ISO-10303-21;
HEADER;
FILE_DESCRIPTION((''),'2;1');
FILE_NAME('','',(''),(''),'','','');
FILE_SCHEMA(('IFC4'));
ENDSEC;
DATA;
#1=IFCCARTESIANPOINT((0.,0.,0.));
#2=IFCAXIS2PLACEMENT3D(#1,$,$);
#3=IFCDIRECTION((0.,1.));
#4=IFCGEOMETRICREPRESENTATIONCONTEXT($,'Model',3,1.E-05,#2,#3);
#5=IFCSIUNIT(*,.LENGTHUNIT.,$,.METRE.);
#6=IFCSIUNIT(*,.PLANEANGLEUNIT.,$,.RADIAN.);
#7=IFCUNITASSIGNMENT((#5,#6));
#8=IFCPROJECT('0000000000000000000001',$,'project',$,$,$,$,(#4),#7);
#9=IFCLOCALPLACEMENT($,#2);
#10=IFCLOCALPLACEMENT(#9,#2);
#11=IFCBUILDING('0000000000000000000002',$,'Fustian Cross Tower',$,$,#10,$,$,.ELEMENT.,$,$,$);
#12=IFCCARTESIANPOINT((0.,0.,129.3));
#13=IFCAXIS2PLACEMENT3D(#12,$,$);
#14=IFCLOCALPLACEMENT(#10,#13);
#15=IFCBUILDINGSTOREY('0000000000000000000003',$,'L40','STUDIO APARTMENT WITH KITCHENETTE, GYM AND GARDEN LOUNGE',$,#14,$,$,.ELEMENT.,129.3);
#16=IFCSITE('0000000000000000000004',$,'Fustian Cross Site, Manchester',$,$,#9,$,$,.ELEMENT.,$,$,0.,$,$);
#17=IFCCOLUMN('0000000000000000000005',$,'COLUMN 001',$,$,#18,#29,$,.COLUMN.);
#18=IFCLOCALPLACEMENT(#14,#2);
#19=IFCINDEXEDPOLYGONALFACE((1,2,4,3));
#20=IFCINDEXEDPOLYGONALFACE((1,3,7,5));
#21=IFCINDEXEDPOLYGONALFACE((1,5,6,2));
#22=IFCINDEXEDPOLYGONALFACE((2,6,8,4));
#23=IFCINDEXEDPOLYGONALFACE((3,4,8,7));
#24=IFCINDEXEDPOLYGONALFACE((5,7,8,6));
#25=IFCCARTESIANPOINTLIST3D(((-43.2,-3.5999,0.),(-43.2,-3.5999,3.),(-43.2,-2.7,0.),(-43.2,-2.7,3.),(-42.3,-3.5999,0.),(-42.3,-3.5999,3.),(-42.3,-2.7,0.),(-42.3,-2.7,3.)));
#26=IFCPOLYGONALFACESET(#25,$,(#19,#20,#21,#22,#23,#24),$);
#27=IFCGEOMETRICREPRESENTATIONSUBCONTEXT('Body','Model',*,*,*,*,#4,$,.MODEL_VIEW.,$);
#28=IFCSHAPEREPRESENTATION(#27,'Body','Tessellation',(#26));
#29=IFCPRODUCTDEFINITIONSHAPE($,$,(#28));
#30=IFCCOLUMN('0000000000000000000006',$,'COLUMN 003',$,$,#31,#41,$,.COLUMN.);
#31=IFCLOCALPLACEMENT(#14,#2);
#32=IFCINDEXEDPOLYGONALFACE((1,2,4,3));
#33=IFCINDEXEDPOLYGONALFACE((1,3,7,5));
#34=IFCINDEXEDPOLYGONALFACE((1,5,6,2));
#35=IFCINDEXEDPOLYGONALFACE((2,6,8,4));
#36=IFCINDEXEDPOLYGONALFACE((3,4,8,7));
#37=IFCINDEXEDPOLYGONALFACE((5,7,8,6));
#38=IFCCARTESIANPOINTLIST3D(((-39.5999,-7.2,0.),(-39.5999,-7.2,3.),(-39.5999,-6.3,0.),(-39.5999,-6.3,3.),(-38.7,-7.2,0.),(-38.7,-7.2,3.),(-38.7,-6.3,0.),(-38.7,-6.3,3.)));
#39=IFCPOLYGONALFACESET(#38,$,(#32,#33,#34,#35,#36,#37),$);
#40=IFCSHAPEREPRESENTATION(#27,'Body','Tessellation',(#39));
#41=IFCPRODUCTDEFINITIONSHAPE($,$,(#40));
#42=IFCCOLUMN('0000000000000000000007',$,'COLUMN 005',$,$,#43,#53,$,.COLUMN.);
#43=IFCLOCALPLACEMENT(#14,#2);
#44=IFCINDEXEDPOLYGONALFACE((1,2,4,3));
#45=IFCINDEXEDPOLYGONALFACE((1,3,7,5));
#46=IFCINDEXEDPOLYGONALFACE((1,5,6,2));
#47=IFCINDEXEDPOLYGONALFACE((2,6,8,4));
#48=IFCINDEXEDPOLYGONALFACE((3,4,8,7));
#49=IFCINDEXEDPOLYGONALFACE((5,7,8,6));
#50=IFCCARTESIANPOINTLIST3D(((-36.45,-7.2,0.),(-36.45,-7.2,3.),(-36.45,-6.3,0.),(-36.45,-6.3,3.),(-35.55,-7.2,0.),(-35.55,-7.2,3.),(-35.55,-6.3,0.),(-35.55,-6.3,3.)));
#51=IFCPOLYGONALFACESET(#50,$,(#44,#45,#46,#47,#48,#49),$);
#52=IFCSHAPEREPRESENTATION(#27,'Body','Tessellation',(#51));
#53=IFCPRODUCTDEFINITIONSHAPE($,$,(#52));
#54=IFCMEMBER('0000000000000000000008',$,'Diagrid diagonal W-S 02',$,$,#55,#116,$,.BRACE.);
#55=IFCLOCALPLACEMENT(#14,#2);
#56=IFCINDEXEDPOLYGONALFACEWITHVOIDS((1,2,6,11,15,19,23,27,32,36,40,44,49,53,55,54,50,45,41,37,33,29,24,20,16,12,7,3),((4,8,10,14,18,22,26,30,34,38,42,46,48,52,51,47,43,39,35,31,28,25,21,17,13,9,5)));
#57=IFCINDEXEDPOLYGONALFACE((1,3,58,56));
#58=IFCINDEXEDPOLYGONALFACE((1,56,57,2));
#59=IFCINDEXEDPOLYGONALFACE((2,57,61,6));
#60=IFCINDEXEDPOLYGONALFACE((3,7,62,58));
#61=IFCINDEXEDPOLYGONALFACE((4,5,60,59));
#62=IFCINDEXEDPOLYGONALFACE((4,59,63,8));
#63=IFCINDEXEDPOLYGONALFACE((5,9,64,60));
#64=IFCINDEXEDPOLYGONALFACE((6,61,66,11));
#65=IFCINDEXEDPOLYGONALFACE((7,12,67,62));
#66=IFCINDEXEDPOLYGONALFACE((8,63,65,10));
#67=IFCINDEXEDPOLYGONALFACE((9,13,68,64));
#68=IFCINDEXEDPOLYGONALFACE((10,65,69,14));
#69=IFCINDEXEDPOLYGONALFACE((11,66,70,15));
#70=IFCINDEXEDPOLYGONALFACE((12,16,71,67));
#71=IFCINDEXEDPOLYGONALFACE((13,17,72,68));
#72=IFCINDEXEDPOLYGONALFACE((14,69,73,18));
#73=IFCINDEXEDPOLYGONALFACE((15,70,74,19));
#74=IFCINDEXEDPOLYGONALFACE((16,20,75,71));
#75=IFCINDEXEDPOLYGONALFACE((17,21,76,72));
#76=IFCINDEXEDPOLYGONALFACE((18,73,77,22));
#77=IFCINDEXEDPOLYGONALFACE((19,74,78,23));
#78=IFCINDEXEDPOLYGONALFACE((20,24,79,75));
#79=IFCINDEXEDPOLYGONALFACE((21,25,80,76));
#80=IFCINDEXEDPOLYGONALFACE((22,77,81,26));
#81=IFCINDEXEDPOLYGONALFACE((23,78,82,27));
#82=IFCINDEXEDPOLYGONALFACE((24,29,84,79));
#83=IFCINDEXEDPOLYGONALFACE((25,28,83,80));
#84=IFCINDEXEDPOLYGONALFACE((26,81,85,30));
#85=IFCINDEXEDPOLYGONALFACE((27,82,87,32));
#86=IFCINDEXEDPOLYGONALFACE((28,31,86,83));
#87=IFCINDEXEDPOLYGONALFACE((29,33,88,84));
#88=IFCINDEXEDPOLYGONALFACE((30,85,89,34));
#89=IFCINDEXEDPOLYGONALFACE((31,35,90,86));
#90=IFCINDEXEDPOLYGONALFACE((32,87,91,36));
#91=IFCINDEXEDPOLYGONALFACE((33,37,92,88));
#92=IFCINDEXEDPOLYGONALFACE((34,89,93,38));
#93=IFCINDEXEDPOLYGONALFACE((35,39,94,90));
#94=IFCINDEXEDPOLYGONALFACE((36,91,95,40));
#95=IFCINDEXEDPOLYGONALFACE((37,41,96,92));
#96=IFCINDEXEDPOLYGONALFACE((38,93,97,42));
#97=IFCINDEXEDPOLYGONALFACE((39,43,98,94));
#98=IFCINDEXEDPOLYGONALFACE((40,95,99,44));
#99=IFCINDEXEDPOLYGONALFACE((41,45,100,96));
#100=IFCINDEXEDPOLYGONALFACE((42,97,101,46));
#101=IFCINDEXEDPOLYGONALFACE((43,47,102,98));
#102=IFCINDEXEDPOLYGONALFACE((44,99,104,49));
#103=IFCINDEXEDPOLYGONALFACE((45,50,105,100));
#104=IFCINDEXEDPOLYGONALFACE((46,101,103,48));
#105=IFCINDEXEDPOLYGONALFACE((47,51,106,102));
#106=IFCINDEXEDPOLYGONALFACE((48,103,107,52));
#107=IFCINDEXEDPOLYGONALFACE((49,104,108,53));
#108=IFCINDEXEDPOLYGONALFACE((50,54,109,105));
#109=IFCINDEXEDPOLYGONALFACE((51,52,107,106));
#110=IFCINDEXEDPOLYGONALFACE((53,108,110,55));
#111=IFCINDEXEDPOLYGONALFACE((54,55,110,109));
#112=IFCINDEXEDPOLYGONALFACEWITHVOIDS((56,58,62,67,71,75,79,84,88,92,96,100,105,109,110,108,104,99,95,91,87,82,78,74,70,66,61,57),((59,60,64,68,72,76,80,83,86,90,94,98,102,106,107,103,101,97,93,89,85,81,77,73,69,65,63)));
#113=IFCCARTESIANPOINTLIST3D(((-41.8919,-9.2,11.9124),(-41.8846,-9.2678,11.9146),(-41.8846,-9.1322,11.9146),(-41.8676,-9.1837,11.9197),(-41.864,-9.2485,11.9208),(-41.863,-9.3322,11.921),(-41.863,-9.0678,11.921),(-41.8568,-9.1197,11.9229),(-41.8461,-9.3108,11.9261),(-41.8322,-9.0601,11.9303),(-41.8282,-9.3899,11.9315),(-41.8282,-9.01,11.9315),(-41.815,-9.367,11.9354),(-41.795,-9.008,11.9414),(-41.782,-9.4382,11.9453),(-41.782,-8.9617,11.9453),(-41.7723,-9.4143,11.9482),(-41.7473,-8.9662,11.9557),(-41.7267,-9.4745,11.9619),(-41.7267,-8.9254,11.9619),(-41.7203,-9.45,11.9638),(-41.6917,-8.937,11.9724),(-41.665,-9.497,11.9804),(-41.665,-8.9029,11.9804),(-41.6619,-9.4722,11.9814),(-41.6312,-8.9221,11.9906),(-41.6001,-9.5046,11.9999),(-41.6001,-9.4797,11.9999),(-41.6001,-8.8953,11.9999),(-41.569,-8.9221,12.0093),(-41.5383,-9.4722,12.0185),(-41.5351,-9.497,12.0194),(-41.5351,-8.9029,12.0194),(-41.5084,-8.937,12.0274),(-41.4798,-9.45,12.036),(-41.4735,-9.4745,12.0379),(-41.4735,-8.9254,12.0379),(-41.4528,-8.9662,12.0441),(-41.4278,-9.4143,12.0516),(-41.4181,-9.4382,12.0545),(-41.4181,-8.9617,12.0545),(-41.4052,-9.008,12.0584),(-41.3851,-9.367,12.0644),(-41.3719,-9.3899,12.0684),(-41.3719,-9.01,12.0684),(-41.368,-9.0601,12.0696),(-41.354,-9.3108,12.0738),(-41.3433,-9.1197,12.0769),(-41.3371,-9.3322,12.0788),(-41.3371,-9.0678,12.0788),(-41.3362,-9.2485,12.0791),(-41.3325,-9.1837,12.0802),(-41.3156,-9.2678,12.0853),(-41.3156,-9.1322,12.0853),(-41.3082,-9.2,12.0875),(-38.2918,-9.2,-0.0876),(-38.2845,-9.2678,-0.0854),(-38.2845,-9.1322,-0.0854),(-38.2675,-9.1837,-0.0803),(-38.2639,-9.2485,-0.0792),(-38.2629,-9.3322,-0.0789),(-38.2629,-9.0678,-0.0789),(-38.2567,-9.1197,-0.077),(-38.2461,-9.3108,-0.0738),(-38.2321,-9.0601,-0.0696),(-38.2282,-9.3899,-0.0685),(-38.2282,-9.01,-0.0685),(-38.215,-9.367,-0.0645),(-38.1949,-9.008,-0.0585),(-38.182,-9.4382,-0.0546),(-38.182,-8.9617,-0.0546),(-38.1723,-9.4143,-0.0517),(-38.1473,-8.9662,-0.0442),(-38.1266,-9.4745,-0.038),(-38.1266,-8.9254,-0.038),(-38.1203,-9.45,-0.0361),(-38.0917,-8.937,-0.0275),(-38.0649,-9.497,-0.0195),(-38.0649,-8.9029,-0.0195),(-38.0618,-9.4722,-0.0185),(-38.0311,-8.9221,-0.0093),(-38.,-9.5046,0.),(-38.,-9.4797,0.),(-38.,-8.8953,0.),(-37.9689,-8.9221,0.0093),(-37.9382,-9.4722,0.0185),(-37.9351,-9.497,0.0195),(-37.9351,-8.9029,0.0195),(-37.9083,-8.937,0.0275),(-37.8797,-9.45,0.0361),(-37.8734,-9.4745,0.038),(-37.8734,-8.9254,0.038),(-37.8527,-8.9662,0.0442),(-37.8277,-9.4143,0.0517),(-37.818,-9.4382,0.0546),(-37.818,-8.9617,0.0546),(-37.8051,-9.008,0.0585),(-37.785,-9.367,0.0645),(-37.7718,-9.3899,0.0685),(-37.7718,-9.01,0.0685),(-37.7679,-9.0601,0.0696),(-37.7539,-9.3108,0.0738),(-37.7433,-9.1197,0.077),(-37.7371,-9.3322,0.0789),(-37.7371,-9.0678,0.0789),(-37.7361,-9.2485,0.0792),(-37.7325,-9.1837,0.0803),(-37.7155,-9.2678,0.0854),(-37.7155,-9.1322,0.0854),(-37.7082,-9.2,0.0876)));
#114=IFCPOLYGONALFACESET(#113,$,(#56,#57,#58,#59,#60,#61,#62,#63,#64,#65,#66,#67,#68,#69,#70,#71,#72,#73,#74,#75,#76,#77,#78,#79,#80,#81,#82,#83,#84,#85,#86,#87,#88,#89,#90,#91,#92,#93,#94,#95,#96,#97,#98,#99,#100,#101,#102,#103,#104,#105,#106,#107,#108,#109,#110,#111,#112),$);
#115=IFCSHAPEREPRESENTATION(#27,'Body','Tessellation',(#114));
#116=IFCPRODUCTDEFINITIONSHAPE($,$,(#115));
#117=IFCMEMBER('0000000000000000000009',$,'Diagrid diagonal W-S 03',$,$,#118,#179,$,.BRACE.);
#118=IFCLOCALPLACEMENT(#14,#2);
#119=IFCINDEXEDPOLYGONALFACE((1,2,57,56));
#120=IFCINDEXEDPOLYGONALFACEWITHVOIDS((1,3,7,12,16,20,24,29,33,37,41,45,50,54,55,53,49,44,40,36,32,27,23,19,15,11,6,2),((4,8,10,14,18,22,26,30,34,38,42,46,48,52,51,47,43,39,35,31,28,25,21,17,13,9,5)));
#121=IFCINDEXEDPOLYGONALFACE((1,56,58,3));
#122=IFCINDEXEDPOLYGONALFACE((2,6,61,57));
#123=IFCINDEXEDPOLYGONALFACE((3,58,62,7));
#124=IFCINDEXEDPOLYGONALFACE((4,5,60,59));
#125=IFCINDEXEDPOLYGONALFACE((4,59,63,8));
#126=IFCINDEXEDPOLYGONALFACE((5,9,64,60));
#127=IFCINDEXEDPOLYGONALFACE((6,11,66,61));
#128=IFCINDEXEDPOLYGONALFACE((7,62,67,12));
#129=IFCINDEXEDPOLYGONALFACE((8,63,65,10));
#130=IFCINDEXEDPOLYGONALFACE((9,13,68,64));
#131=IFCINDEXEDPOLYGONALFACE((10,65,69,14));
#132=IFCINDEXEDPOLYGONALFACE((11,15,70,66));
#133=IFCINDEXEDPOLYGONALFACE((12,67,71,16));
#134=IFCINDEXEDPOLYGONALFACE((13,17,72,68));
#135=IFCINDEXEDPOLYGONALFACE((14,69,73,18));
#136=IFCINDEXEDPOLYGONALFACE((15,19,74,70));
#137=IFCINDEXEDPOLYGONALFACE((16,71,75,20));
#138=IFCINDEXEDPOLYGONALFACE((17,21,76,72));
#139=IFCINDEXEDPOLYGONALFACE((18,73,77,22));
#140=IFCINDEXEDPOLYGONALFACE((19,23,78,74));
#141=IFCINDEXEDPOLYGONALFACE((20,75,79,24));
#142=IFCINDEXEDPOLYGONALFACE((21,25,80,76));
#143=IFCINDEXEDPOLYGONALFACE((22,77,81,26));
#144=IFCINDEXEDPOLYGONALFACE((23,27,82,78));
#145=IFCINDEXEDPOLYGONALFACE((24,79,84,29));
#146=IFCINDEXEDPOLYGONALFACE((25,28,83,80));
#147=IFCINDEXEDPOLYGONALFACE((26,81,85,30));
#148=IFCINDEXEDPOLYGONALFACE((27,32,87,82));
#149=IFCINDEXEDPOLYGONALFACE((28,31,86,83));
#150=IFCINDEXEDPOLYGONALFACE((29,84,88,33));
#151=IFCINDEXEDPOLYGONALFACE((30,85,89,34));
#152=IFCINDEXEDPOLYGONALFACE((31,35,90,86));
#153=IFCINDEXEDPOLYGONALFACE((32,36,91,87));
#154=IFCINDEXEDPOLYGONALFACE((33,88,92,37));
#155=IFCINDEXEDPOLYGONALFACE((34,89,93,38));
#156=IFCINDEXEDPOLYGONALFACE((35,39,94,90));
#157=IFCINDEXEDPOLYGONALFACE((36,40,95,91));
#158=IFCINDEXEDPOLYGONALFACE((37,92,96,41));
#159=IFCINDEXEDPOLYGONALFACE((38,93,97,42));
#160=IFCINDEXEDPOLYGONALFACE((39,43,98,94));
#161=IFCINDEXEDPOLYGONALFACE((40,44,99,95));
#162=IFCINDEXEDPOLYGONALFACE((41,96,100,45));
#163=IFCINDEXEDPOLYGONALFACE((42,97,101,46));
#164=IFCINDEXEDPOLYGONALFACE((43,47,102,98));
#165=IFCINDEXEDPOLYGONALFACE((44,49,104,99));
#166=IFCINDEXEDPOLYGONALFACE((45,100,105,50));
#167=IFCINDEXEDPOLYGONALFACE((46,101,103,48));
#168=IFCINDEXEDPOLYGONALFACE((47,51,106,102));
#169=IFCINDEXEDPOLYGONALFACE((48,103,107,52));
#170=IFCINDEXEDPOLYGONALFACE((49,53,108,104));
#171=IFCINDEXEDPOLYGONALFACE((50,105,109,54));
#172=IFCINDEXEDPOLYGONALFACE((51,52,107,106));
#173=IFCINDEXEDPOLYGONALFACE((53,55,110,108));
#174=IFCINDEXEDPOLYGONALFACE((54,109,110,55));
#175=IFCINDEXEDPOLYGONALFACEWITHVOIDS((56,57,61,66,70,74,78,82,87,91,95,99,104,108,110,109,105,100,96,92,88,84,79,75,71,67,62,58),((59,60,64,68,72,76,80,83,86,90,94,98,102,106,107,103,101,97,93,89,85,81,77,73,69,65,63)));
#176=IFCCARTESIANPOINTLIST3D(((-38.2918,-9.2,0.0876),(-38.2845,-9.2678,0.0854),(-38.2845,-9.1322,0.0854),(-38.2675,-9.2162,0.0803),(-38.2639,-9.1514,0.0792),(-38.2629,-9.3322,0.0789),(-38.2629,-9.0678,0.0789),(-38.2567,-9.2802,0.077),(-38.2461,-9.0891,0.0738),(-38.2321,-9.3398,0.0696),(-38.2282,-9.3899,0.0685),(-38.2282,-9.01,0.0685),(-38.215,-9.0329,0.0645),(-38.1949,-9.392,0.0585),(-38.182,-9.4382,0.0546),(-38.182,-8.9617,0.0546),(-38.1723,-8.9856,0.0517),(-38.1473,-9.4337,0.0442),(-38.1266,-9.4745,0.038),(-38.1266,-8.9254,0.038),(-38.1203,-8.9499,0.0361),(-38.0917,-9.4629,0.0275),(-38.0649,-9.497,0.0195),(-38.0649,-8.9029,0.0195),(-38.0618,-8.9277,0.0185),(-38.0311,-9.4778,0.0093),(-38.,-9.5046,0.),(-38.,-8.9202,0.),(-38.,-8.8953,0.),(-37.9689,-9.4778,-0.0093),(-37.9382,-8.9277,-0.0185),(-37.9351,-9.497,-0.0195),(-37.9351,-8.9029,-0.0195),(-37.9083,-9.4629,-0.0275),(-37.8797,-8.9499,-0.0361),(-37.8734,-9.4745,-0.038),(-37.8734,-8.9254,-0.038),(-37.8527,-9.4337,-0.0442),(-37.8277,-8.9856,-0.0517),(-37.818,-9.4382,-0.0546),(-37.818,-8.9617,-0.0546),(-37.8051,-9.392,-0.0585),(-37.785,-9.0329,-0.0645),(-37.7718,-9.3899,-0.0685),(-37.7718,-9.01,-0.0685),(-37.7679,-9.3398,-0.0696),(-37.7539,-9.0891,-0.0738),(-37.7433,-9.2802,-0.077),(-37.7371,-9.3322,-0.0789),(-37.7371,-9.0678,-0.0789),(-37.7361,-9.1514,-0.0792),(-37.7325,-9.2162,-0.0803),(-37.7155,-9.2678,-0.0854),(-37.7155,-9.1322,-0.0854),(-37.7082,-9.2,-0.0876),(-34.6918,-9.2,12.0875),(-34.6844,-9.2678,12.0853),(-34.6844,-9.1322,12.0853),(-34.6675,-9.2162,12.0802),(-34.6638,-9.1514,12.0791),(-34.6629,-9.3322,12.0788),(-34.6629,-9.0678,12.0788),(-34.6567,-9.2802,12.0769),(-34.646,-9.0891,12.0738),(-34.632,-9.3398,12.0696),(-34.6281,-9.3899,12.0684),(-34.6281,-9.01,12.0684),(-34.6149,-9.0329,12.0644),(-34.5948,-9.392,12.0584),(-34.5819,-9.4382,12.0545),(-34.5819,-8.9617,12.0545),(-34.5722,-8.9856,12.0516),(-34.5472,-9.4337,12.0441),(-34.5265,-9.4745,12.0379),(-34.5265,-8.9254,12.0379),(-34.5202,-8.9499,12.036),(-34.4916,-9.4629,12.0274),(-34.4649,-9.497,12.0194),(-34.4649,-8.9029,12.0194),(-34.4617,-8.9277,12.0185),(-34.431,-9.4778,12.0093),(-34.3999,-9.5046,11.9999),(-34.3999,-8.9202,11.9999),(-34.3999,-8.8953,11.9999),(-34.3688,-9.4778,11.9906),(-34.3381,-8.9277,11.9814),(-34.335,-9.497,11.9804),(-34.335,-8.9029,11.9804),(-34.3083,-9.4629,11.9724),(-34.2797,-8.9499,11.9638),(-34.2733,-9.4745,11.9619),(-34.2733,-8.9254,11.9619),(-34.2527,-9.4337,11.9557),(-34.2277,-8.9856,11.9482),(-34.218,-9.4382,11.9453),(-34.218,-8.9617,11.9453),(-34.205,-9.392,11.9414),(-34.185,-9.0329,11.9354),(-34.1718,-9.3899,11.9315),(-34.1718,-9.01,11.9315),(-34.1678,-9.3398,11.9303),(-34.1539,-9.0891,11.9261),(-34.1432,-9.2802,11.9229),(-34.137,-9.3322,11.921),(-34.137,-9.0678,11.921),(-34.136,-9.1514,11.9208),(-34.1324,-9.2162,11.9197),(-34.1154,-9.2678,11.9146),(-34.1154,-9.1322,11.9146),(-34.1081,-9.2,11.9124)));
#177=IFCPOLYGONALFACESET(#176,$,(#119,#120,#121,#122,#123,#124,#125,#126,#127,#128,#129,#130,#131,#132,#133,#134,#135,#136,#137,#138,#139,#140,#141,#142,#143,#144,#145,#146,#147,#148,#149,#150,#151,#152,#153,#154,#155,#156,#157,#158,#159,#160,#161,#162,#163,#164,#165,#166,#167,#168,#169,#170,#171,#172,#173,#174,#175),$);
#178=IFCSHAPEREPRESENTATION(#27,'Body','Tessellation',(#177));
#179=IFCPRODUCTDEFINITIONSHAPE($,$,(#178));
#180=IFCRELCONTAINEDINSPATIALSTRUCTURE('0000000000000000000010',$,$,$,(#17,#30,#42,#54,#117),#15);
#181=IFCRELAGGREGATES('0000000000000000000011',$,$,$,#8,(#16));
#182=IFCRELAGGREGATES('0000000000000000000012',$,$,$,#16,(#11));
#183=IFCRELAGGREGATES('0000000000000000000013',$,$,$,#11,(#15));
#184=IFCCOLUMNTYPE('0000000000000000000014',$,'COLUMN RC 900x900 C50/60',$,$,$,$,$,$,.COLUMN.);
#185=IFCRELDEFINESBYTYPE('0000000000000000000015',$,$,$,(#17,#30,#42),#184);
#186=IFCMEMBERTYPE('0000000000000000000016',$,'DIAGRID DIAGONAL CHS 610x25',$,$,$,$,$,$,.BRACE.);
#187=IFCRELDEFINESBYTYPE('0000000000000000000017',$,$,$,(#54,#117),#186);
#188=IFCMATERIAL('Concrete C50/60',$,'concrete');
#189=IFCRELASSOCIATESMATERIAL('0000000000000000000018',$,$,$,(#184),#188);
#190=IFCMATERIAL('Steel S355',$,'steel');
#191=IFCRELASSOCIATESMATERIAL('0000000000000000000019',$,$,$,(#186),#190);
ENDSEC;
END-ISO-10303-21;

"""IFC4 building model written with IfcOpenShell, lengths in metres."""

from ifc_helpers import new_model, si_unit, direction, frame, origin, origin_2d, place, context, subcontext, project, spatial, rectangle, hollow_circle, extrude, material, material_profile, profile_set, type_object, element, save


model = new_model("IFC4")

# Units and contexts
model_context = context("Model", 3, precision=1e-05, world=origin(), true_north=direction((0.0, 1.0)))
body_context = subcontext(model_context, "Body", "Model", "MODEL_VIEW")
ifc_project = project(units=[si_unit("LENGTHUNIT", "METRE"), si_unit("PLANEANGLEUNIT", "RADIAN")], contexts=[model_context])

# Site, building, storey
site_placement = place(None, origin())
site = spatial("IfcSite", under=ifc_project, at=site_placement, Name="Fustian Cross Site, Manchester", CompositionType="ELEMENT", RefElevation=0.0)
building_placement = place(site_placement, origin())
building = spatial("IfcBuilding", under=site, at=building_placement, Name="Fustian Cross Tower", CompositionType="ELEMENT")
storey_placement = place(building_placement, frame((0.0, 0.0, 129.3)))
storey = spatial("IfcBuildingStorey", under=building, at=storey_placement, Name="L40", Description="STUDIO APARTMENT WITH KITCHENETTE, GYM AND GARDEN LOUNGE", CompositionType="ELEMENT", Elevation=129.3)

# Columns
ifc_material_1 = material(Name="Concrete C50/60", Category="concrete")
ifc_material_profile_1 = material_profile(ifc_material_1, rectangle(XDim=0.8999, YDim=0.8999, at=origin_2d()), Name="RC 900x900")
ifc_profile_set_1 = profile_set([ifc_material_profile_1], Name="Concrete C50/60")
column_type = type_object("IfcColumnType", Name="COLUMN RC 900x900 C50/60", PredefinedType="COLUMN", material=ifc_profile_set_1)
for number, where, z_axis, x_axis, name in (
    (1, (-42.75, -3.1499, 0.0), (0.0, 0.0, 1.0), (1.0, 0.0, 0.0), "COLUMN 001"),
    (2, (-39.1499, -6.75, 0.0), (0.0, 0.0, 1.0), (1.0, 0.0, 0.0), "COLUMN 003"),
    (3, (-36.0, -6.75, 0.0), (0.0, 0.0, 1.0), (1.0, 0.0, 0.0), "COLUMN 005"),
):
    element("IfcColumn", number, at=place(storey_placement, frame(where, z_axis=z_axis, x_axis=x_axis)), inside=storey, type_object=column_type, Name=name, PredefinedType="COLUMN", context=body_context, shape_type="SweptSolid", body=[
        extrude(rectangle(XDim=0.8999, YDim=0.8999, at=origin_2d()), origin(), (0.0, 0.0, 1.0), 3.0),
    ])

# Members
ifc_material_2 = material(Name="Steel S355", Category="steel")
ifc_material_profile_2 = material_profile(ifc_material_2, hollow_circle(Radius=0.3047, WallThickness=0.0249, at=origin_2d()), Name="CHS 610x25")
ifc_profile_set_2 = profile_set([ifc_material_profile_2], Name="Steel S355")
member_type_1 = type_object("IfcMemberType", Name="DIAGRID DIAGONAL CHS 610x25", PredefinedType="BRACE", material=ifc_profile_set_2)
for number, where, z_axis, x_axis, name in (
    (4, (-38.0, -9.2, 0.0), (-0.287355, 0.0, 0.957824), (0.0, -1.0, 0.0), "Diagrid diagonal W-S 02"),
    (5, (-38.0, -9.2, 0.0), (0.287355, 0.0, 0.957824), (0.0, 1.0, 0.0), "Diagrid diagonal W-S 03"),
):
    element("IfcMember", number, at=place(storey_placement, frame(where, z_axis=z_axis, x_axis=x_axis)), inside=storey, type_object=member_type_1, Name=name, PredefinedType="BRACE", context=body_context, shape_type="SweptSolid", body=[
        extrude(hollow_circle(Radius=0.3047, WallThickness=0.0249, at=origin_2d()), origin(), (0.0, 0.0, 1.0), 12.5283),
    ])

save(model, "model.ifc")
